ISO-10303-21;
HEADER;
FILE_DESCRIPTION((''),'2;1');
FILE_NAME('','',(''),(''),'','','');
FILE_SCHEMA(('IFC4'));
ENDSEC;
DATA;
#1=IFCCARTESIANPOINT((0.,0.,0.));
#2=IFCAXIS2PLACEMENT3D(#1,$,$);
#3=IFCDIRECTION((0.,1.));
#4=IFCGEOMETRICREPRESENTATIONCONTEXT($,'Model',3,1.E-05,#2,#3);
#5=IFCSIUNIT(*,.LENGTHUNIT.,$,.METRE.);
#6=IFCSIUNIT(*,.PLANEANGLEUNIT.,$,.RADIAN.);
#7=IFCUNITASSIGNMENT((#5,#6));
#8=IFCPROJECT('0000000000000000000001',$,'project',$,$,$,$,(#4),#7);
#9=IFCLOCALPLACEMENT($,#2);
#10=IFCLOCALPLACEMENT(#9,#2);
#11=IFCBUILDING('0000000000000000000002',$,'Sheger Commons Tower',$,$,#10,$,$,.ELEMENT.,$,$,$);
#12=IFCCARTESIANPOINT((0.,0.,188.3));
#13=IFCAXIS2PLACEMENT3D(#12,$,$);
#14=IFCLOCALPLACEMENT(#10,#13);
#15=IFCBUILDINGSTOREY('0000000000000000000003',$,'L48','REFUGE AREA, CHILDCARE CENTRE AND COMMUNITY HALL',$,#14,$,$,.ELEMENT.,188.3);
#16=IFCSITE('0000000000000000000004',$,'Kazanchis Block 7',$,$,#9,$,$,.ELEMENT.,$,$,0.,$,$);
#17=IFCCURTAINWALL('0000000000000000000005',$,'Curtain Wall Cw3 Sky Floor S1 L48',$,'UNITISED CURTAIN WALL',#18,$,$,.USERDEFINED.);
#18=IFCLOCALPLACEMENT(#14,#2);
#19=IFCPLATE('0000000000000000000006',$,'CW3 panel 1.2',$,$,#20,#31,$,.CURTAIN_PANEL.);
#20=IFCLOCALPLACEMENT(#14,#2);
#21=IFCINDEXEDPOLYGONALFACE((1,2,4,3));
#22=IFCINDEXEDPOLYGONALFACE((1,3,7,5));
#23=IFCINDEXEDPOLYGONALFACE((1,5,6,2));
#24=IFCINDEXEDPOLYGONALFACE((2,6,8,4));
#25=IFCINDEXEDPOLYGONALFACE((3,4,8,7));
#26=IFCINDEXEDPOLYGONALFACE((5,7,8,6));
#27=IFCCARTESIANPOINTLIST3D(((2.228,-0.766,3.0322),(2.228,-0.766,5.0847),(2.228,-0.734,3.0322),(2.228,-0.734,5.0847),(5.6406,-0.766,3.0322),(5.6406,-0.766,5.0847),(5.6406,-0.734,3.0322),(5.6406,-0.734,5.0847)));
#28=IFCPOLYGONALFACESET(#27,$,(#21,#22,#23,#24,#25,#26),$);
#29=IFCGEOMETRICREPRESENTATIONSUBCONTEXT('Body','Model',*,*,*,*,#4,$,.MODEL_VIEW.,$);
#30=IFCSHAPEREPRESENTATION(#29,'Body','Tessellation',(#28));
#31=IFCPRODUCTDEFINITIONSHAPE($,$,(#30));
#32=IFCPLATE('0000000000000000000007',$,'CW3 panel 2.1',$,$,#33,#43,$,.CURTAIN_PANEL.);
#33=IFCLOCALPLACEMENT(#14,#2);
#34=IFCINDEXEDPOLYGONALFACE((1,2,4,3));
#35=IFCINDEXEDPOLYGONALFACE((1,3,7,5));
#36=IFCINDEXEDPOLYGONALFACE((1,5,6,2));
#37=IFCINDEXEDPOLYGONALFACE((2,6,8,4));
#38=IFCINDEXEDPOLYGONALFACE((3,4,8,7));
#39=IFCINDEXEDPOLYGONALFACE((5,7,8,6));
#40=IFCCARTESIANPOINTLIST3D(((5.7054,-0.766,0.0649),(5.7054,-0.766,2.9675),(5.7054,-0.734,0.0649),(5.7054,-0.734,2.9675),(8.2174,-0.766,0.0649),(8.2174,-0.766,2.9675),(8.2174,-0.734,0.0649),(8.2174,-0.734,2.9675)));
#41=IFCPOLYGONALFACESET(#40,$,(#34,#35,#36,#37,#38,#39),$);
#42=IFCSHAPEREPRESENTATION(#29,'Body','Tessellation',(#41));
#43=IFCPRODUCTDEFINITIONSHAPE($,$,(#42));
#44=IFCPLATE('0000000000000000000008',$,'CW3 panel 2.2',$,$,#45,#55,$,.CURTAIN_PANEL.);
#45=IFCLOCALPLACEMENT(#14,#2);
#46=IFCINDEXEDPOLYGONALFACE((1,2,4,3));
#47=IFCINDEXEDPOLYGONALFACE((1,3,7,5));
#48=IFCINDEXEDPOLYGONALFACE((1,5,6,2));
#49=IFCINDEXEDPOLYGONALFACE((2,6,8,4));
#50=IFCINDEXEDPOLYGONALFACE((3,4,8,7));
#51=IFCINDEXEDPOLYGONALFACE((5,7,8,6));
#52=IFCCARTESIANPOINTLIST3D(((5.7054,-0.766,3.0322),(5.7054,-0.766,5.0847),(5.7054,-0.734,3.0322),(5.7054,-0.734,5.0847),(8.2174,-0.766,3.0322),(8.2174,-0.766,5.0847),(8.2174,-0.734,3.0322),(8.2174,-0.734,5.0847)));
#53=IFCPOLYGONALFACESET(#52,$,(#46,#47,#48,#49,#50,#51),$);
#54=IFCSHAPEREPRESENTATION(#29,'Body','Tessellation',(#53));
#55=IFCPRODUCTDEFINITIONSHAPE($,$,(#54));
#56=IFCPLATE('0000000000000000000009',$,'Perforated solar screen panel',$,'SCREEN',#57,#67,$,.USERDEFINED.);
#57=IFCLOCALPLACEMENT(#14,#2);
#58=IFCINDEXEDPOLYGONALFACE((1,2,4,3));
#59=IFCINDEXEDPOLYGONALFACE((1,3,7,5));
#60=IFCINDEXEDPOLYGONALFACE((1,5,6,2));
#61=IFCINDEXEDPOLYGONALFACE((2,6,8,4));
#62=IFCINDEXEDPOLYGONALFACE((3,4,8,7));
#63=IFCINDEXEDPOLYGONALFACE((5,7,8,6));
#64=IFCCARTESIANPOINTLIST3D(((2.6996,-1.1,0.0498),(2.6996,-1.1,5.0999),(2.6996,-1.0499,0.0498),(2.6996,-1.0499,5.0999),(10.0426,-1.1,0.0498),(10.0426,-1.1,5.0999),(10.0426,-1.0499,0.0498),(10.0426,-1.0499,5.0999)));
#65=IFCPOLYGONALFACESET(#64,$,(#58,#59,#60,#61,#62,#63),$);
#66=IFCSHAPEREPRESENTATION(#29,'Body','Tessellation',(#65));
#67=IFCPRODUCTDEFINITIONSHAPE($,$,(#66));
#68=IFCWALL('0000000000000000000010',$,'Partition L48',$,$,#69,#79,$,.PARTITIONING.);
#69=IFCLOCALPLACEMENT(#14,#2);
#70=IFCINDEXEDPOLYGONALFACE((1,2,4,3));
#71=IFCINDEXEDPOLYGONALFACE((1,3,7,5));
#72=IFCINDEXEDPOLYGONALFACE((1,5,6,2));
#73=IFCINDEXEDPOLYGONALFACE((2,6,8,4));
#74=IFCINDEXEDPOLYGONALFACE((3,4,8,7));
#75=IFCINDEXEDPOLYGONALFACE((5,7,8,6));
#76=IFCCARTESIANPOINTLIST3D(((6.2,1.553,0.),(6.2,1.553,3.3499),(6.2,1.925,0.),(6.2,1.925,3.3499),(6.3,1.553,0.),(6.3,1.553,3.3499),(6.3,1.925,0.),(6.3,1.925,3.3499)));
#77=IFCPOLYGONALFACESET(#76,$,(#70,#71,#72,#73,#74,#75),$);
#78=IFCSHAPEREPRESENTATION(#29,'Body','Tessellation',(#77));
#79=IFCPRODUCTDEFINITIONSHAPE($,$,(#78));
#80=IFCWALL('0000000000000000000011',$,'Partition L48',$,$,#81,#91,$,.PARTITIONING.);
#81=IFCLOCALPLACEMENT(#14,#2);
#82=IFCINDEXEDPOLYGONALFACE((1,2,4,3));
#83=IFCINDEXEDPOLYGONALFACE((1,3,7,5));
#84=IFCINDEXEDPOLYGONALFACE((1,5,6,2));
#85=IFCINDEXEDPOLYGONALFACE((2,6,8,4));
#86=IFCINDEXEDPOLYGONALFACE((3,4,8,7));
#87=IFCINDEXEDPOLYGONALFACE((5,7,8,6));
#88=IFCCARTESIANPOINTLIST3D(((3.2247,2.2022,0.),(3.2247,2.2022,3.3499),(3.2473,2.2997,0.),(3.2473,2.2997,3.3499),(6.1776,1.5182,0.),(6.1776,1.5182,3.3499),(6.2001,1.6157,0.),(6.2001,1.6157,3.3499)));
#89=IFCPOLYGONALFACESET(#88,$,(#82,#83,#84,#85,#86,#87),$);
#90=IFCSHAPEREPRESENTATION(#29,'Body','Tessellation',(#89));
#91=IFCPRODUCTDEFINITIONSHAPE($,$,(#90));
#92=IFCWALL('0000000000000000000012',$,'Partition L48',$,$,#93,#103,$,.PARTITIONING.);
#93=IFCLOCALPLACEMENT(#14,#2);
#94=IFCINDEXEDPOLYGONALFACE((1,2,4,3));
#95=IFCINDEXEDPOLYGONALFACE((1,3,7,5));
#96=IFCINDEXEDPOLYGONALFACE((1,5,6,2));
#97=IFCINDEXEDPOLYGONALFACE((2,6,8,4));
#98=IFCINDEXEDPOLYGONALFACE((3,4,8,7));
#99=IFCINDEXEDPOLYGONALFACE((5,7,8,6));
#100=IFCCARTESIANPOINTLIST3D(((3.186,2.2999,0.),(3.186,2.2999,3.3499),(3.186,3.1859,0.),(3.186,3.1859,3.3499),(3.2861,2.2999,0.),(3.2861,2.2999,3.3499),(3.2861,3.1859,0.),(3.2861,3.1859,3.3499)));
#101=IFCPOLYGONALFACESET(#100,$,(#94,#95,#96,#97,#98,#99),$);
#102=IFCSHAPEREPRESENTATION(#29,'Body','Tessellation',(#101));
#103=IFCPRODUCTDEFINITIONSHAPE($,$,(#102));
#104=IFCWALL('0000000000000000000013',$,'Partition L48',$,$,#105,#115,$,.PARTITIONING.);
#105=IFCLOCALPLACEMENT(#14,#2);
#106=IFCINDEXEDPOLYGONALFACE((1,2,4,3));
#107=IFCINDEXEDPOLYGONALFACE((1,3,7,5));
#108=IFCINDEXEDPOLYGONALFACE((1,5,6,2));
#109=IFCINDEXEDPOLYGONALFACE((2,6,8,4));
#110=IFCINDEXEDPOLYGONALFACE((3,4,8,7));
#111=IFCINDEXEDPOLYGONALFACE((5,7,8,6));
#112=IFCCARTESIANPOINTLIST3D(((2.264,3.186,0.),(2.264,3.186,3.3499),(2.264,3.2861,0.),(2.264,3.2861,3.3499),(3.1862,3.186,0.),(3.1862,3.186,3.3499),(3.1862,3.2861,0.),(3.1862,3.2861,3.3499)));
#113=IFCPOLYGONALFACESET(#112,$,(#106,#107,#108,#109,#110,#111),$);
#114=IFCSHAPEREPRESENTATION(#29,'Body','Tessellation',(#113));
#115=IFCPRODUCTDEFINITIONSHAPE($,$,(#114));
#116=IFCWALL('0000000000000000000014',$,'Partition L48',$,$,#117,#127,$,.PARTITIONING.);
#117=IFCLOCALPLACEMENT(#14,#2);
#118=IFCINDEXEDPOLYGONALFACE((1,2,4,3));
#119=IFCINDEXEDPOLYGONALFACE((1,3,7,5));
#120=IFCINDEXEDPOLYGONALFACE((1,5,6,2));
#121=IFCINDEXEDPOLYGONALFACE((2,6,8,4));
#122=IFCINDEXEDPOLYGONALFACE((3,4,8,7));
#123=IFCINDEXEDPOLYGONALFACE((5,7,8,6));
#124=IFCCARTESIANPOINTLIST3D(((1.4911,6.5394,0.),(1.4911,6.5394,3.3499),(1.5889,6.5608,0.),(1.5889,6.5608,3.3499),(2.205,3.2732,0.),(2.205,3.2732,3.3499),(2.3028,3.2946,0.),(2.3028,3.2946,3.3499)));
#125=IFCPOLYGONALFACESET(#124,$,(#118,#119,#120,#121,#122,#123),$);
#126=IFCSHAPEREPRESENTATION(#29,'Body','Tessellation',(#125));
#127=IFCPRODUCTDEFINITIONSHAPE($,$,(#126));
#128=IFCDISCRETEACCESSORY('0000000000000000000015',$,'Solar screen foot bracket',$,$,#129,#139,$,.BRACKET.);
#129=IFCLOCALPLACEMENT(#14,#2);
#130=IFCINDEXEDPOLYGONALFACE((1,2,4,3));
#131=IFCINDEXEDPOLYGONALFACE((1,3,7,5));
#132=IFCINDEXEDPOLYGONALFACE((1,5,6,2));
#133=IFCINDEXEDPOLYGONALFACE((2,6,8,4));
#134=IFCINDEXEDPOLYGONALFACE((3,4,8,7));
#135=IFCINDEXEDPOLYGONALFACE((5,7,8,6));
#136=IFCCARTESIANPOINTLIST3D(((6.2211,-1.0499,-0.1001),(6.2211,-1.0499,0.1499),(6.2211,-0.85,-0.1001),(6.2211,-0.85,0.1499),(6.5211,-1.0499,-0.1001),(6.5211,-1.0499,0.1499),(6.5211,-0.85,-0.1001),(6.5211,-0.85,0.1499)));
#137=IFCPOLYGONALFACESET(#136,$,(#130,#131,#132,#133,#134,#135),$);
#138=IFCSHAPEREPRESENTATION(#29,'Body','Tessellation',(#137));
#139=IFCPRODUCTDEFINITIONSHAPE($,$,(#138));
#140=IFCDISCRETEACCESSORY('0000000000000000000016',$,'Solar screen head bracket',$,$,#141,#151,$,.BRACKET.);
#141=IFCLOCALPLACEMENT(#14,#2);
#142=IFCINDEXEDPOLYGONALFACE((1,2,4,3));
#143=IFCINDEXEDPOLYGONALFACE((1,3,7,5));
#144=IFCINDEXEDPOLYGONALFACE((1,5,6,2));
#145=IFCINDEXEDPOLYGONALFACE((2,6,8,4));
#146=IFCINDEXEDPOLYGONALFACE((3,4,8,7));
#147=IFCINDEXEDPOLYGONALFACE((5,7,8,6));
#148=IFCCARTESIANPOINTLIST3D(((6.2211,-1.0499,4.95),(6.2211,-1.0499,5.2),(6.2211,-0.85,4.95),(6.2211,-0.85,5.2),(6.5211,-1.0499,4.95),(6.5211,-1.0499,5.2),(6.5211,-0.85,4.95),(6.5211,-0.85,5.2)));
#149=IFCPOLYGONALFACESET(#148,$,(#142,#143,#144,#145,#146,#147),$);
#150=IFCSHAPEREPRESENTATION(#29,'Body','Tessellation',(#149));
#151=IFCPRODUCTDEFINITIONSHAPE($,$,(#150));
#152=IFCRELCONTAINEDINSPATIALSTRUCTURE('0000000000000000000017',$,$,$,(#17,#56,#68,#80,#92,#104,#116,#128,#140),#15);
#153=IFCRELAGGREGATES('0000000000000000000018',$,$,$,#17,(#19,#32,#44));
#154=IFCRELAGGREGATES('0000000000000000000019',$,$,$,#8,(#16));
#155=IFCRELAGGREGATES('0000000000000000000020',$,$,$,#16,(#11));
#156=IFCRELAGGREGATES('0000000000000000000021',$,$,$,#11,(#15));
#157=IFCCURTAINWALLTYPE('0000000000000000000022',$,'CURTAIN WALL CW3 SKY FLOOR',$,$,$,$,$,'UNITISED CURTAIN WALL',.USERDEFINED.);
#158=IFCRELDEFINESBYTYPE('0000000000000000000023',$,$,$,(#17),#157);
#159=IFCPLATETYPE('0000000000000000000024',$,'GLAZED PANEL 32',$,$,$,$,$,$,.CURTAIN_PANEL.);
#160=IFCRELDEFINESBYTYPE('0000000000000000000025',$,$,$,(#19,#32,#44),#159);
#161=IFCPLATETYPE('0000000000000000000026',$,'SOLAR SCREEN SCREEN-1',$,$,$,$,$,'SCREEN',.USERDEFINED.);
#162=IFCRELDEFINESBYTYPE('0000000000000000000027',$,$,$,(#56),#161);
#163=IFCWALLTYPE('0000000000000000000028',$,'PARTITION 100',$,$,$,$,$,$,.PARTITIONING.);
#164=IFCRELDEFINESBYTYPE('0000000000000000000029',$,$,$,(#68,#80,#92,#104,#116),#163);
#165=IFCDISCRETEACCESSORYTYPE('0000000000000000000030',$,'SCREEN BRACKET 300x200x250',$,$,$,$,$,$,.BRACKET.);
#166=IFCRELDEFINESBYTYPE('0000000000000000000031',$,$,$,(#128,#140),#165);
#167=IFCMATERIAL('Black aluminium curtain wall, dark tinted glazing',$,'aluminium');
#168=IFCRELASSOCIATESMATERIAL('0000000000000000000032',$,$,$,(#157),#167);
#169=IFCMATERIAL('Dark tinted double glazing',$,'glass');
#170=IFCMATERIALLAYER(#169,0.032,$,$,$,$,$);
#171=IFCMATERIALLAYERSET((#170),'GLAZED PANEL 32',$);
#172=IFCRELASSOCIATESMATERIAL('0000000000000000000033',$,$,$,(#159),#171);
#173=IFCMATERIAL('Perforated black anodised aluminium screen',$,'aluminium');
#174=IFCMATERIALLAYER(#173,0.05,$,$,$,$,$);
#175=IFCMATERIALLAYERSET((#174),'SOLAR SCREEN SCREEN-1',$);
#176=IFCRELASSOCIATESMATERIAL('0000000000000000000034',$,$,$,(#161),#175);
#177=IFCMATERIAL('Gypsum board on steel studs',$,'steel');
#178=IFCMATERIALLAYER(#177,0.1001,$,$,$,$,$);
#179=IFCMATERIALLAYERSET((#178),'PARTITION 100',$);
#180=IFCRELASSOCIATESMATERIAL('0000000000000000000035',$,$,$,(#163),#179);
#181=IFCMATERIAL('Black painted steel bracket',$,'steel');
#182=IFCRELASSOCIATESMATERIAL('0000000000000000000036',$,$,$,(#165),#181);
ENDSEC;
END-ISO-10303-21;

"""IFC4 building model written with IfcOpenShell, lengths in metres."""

from ifc_helpers import new_model, si_unit, direction, frame, frame_2d, origin, origin_2d, place, context, subcontext, project, spatial, rectangle, extrude, material, layer, layer_set, type_object, element, aggregate, save


model = new_model("IFC4")

# Units and contexts
model_context = context("Model", 3, precision=1e-05, world=origin(), true_north=direction((0.0, 1.0)))
body_context = subcontext(model_context, "Body", "Model", "MODEL_VIEW")
ifc_project = project(units=[si_unit("LENGTHUNIT", "METRE"), si_unit("PLANEANGLEUNIT", "RADIAN")], contexts=[model_context])

# Site, building, storey
site_placement = place(None, origin())
site = spatial("IfcSite", under=ifc_project, at=site_placement, Name="Kazanchis Block 7", CompositionType="ELEMENT", RefElevation=0.0)
building_placement = place(site_placement, origin())
building = spatial("IfcBuilding", under=site, at=building_placement, Name="Sheger Commons Tower", CompositionType="ELEMENT")
storey_placement = place(building_placement, frame((0.0, 0.0, 188.3)))
storey = spatial("IfcBuildingStorey", under=building, at=storey_placement, Name="L48", Description="REFUGE AREA, CHILDCARE CENTRE AND COMMUNITY HALL", CompositionType="ELEMENT", Elevation=188.3)

# Curtain wall, plates
ifc_material_1 = material(Name="Black aluminium curtain wall, dark tinted glazing", Category="aluminium")
curtain_wall_type = type_object("IfcCurtainWallType", Name="CURTAIN WALL CW3 SKY FLOOR", ElementType="UNITISED CURTAIN WALL", PredefinedType="USERDEFINED", material=ifc_material_1)
curtain_wall_placement = place(storey_placement, origin())
curtain_wall = element("IfcCurtainWall", 1, at=curtain_wall_placement, inside=storey, type_object=curtain_wall_type, Name="Curtain Wall Cw3 Sky Floor S1 L48", ObjectType="UNITISED CURTAIN WALL", PredefinedType="USERDEFINED")
ifc_material_2 = material(Name="Dark tinted double glazing", Category="glass")
ifc_layer_1 = layer(ifc_material_2, 0.032)
ifc_layer_set_1 = layer_set([ifc_layer_1], Name="GLAZED PANEL 32")
plate_type_1 = type_object("IfcPlateType", Name="GLAZED PANEL 32", PredefinedType="CURTAIN_PANEL", material=ifc_layer_set_1)
plate_1_placement = place(storey_placement, frame((3.9343, -0.75, 3.0322), z_axis=(0.0, 0.0, 1.0), x_axis=(1.0, 0.0, 0.0)))
plate_1 = element("IfcPlate", 2, at=plate_1_placement, type_object=plate_type_1, Name="CW3 panel 1.2", PredefinedType="CURTAIN_PANEL", context=body_context, shape_type="SweptSolid", body=[
    extrude(rectangle(XDim=3.4126, YDim=0.032, at=origin_2d()), origin(), (0.0, 0.0, 1.0), 2.0525),
])
plate_2_placement = place(storey_placement, frame((6.9614, -0.75, 0.0649), z_axis=(0.0, 0.0, 1.0), x_axis=(1.0, 0.0, 0.0)))
plate_2 = element("IfcPlate", 3, at=plate_2_placement, type_object=plate_type_1, Name="CW3 panel 2.1", PredefinedType="CURTAIN_PANEL", context=body_context, shape_type="SweptSolid", body=[
    extrude(rectangle(XDim=2.512, YDim=0.032, at=origin_2d()), origin(), (0.0, 0.0, 1.0), 2.9026),
])
plate_3_placement = place(storey_placement, frame((6.9614, -0.75, 3.0322), z_axis=(0.0, 0.0, 1.0), x_axis=(1.0, 0.0, 0.0)))
plate_3 = element("IfcPlate", 4, at=plate_3_placement, type_object=plate_type_1, Name="CW3 panel 2.2", PredefinedType="CURTAIN_PANEL", context=body_context, shape_type="SweptSolid", body=[
    extrude(rectangle(XDim=2.512, YDim=0.032, at=origin_2d()), origin(), (0.0, 0.0, 1.0), 2.0525),
])
aggregate(curtain_wall, [plate_1, plate_2, plate_3])

# Plate
ifc_material_3 = material(Name="Perforated black anodised aluminium screen", Category="aluminium")
ifc_layer_2 = layer(ifc_material_3, 0.05)
ifc_layer_set_2 = layer_set([ifc_layer_2], Name="SOLAR SCREEN SCREEN-1")
plate_type_2 = type_object("IfcPlateType", Name="SOLAR SCREEN SCREEN-1", ElementType="SCREEN", PredefinedType="USERDEFINED", material=ifc_layer_set_2)
plate_4_placement = place(storey_placement, frame((6.3711, -1.075, 0.0498), z_axis=(0.0, 0.0, 1.0), x_axis=(1.0, 0.0, 0.0)))
element("IfcPlate", 5, at=plate_4_placement, inside=storey, type_object=plate_type_2, Name="Perforated solar screen panel", ObjectType="SCREEN", PredefinedType="USERDEFINED", context=body_context, shape_type="SweptSolid", body=[
    extrude(rectangle(XDim=7.343, YDim=0.05, at=origin_2d()), origin(), (0.0, 0.0, 1.0), 5.05),
])

# Walls
ifc_material_4 = material(Name="Gypsum board on steel studs", Category="steel")
ifc_layer_3 = layer(ifc_material_4, 0.1001)
ifc_layer_set_3 = layer_set([ifc_layer_3], Name="PARTITION 100")
wall_type = type_object("IfcWallType", Name="PARTITION 100", PredefinedType="PARTITIONING", material=ifc_layer_set_3)
wall_1_placement = place(storey_placement, frame((6.25, 1.925, 0.0), z_axis=(0.0, 0.0, 1.0), x_axis=(0.0, -1.0, 0.0)))
element("IfcWall", 6, at=wall_1_placement, inside=storey, type_object=wall_type, Name="Partition L48", PredefinedType="PARTITIONING", context=body_context, shape_type="SweptSolid", body=[
    extrude(rectangle(XDim=0.3721, YDim=0.1001, at=frame_2d((0.186, 0.0))), origin(), (0.0, 0.0, 1.0), 3.3499),
])
wall_2_placement = place(storey_placement, frame((6.189, 1.5669, 0.0), z_axis=(0.0, 0.0, 1.0), x_axis=(-0.974199, 0.225689, 0.0)))
element("IfcWall", 7, at=wall_2_placement, inside=storey, type_object=wall_type, Name="Partition L48", PredefinedType="PARTITIONING", context=body_context, shape_type="SweptSolid", body=[
    extrude(rectangle(XDim=3.031, YDim=0.1001, at=frame_2d((1.5156, 0.0))), origin(), (0.0, 0.0, 1.0), 3.3499),
])
wall_3_placement = place(storey_placement, frame((3.2361, 2.3, 0.0), z_axis=(0.0, 0.0, 1.0), x_axis=(0.0, 1.0, 0.0)))
element("IfcWall", 8, at=wall_3_placement, inside=storey, type_object=wall_type, Name="Partition L48", PredefinedType="PARTITIONING", context=body_context, shape_type="SweptSolid", body=[
    extrude(rectangle(XDim=0.886, YDim=0.1001, at=frame_2d((0.4429, 0.0))), origin(), (0.0, 0.0, 1.0), 3.3499),
])
wall_4_placement = place(storey_placement, frame((3.186, 3.2361, 0.0), z_axis=(0.0, 0.0, 1.0), x_axis=(-1.0, 0.0, 0.0)))
element("IfcWall", 9, at=wall_4_placement, inside=storey, type_object=wall_type, Name="Partition L48", PredefinedType="PARTITIONING", context=body_context, shape_type="SweptSolid", body=[
    extrude(rectangle(XDim=0.9221, YDim=0.1001, at=frame_2d((0.4609, 0.0))), origin(), (0.0, 0.0, 1.0), 3.3499),
])
wall_5_placement = place(storey_placement, frame((2.2539, 3.2839, 0.0), z_axis=(0.0, 0.0, 1.0), x_axis=(-0.213527, 0.976937, 0.0)))
element("IfcWall", 10, at=wall_5_placement, inside=storey, type_object=wall_type, Name="Partition L48", PredefinedType="PARTITIONING", context=body_context, shape_type="SweptSolid", body=[
    extrude(rectangle(XDim=3.3433, YDim=0.1001, at=frame_2d((1.6716, 0.0))), origin(), (0.0, 0.0, 1.0), 3.3499),
])

# Discrete accessories
ifc_material_5 = material(Name="Black painted steel bracket", Category="steel")
discrete_accessory_type = type_object("IfcDiscreteAccessoryType", Name="SCREEN BRACKET 300x200x250", PredefinedType="BRACKET", material=ifc_material_5)
for number, where, z_axis, x_axis, name in (
    (11, (6.3711, -0.95, -0.1001), (0.0, 0.0, 1.0), (1.0, 0.0, 0.0), "Solar screen foot bracket"),
    (12, (6.3711, -0.95, 4.95), (0.0, 0.0, 1.0), (1.0, 0.0, 0.0), "Solar screen head bracket"),
):
    element("IfcDiscreteAccessory", number, at=place(storey_placement, frame(where, z_axis=z_axis, x_axis=x_axis)), inside=storey, type_object=discrete_accessory_type, Name=name, PredefinedType="BRACKET", context=body_context, shape_type="SweptSolid", body=[
        extrude(rectangle(XDim=0.3, YDim=0.2, at=origin_2d()), origin(), (0.0, 0.0, 1.0), 0.25),
    ])

save(model, "model.ifc")
